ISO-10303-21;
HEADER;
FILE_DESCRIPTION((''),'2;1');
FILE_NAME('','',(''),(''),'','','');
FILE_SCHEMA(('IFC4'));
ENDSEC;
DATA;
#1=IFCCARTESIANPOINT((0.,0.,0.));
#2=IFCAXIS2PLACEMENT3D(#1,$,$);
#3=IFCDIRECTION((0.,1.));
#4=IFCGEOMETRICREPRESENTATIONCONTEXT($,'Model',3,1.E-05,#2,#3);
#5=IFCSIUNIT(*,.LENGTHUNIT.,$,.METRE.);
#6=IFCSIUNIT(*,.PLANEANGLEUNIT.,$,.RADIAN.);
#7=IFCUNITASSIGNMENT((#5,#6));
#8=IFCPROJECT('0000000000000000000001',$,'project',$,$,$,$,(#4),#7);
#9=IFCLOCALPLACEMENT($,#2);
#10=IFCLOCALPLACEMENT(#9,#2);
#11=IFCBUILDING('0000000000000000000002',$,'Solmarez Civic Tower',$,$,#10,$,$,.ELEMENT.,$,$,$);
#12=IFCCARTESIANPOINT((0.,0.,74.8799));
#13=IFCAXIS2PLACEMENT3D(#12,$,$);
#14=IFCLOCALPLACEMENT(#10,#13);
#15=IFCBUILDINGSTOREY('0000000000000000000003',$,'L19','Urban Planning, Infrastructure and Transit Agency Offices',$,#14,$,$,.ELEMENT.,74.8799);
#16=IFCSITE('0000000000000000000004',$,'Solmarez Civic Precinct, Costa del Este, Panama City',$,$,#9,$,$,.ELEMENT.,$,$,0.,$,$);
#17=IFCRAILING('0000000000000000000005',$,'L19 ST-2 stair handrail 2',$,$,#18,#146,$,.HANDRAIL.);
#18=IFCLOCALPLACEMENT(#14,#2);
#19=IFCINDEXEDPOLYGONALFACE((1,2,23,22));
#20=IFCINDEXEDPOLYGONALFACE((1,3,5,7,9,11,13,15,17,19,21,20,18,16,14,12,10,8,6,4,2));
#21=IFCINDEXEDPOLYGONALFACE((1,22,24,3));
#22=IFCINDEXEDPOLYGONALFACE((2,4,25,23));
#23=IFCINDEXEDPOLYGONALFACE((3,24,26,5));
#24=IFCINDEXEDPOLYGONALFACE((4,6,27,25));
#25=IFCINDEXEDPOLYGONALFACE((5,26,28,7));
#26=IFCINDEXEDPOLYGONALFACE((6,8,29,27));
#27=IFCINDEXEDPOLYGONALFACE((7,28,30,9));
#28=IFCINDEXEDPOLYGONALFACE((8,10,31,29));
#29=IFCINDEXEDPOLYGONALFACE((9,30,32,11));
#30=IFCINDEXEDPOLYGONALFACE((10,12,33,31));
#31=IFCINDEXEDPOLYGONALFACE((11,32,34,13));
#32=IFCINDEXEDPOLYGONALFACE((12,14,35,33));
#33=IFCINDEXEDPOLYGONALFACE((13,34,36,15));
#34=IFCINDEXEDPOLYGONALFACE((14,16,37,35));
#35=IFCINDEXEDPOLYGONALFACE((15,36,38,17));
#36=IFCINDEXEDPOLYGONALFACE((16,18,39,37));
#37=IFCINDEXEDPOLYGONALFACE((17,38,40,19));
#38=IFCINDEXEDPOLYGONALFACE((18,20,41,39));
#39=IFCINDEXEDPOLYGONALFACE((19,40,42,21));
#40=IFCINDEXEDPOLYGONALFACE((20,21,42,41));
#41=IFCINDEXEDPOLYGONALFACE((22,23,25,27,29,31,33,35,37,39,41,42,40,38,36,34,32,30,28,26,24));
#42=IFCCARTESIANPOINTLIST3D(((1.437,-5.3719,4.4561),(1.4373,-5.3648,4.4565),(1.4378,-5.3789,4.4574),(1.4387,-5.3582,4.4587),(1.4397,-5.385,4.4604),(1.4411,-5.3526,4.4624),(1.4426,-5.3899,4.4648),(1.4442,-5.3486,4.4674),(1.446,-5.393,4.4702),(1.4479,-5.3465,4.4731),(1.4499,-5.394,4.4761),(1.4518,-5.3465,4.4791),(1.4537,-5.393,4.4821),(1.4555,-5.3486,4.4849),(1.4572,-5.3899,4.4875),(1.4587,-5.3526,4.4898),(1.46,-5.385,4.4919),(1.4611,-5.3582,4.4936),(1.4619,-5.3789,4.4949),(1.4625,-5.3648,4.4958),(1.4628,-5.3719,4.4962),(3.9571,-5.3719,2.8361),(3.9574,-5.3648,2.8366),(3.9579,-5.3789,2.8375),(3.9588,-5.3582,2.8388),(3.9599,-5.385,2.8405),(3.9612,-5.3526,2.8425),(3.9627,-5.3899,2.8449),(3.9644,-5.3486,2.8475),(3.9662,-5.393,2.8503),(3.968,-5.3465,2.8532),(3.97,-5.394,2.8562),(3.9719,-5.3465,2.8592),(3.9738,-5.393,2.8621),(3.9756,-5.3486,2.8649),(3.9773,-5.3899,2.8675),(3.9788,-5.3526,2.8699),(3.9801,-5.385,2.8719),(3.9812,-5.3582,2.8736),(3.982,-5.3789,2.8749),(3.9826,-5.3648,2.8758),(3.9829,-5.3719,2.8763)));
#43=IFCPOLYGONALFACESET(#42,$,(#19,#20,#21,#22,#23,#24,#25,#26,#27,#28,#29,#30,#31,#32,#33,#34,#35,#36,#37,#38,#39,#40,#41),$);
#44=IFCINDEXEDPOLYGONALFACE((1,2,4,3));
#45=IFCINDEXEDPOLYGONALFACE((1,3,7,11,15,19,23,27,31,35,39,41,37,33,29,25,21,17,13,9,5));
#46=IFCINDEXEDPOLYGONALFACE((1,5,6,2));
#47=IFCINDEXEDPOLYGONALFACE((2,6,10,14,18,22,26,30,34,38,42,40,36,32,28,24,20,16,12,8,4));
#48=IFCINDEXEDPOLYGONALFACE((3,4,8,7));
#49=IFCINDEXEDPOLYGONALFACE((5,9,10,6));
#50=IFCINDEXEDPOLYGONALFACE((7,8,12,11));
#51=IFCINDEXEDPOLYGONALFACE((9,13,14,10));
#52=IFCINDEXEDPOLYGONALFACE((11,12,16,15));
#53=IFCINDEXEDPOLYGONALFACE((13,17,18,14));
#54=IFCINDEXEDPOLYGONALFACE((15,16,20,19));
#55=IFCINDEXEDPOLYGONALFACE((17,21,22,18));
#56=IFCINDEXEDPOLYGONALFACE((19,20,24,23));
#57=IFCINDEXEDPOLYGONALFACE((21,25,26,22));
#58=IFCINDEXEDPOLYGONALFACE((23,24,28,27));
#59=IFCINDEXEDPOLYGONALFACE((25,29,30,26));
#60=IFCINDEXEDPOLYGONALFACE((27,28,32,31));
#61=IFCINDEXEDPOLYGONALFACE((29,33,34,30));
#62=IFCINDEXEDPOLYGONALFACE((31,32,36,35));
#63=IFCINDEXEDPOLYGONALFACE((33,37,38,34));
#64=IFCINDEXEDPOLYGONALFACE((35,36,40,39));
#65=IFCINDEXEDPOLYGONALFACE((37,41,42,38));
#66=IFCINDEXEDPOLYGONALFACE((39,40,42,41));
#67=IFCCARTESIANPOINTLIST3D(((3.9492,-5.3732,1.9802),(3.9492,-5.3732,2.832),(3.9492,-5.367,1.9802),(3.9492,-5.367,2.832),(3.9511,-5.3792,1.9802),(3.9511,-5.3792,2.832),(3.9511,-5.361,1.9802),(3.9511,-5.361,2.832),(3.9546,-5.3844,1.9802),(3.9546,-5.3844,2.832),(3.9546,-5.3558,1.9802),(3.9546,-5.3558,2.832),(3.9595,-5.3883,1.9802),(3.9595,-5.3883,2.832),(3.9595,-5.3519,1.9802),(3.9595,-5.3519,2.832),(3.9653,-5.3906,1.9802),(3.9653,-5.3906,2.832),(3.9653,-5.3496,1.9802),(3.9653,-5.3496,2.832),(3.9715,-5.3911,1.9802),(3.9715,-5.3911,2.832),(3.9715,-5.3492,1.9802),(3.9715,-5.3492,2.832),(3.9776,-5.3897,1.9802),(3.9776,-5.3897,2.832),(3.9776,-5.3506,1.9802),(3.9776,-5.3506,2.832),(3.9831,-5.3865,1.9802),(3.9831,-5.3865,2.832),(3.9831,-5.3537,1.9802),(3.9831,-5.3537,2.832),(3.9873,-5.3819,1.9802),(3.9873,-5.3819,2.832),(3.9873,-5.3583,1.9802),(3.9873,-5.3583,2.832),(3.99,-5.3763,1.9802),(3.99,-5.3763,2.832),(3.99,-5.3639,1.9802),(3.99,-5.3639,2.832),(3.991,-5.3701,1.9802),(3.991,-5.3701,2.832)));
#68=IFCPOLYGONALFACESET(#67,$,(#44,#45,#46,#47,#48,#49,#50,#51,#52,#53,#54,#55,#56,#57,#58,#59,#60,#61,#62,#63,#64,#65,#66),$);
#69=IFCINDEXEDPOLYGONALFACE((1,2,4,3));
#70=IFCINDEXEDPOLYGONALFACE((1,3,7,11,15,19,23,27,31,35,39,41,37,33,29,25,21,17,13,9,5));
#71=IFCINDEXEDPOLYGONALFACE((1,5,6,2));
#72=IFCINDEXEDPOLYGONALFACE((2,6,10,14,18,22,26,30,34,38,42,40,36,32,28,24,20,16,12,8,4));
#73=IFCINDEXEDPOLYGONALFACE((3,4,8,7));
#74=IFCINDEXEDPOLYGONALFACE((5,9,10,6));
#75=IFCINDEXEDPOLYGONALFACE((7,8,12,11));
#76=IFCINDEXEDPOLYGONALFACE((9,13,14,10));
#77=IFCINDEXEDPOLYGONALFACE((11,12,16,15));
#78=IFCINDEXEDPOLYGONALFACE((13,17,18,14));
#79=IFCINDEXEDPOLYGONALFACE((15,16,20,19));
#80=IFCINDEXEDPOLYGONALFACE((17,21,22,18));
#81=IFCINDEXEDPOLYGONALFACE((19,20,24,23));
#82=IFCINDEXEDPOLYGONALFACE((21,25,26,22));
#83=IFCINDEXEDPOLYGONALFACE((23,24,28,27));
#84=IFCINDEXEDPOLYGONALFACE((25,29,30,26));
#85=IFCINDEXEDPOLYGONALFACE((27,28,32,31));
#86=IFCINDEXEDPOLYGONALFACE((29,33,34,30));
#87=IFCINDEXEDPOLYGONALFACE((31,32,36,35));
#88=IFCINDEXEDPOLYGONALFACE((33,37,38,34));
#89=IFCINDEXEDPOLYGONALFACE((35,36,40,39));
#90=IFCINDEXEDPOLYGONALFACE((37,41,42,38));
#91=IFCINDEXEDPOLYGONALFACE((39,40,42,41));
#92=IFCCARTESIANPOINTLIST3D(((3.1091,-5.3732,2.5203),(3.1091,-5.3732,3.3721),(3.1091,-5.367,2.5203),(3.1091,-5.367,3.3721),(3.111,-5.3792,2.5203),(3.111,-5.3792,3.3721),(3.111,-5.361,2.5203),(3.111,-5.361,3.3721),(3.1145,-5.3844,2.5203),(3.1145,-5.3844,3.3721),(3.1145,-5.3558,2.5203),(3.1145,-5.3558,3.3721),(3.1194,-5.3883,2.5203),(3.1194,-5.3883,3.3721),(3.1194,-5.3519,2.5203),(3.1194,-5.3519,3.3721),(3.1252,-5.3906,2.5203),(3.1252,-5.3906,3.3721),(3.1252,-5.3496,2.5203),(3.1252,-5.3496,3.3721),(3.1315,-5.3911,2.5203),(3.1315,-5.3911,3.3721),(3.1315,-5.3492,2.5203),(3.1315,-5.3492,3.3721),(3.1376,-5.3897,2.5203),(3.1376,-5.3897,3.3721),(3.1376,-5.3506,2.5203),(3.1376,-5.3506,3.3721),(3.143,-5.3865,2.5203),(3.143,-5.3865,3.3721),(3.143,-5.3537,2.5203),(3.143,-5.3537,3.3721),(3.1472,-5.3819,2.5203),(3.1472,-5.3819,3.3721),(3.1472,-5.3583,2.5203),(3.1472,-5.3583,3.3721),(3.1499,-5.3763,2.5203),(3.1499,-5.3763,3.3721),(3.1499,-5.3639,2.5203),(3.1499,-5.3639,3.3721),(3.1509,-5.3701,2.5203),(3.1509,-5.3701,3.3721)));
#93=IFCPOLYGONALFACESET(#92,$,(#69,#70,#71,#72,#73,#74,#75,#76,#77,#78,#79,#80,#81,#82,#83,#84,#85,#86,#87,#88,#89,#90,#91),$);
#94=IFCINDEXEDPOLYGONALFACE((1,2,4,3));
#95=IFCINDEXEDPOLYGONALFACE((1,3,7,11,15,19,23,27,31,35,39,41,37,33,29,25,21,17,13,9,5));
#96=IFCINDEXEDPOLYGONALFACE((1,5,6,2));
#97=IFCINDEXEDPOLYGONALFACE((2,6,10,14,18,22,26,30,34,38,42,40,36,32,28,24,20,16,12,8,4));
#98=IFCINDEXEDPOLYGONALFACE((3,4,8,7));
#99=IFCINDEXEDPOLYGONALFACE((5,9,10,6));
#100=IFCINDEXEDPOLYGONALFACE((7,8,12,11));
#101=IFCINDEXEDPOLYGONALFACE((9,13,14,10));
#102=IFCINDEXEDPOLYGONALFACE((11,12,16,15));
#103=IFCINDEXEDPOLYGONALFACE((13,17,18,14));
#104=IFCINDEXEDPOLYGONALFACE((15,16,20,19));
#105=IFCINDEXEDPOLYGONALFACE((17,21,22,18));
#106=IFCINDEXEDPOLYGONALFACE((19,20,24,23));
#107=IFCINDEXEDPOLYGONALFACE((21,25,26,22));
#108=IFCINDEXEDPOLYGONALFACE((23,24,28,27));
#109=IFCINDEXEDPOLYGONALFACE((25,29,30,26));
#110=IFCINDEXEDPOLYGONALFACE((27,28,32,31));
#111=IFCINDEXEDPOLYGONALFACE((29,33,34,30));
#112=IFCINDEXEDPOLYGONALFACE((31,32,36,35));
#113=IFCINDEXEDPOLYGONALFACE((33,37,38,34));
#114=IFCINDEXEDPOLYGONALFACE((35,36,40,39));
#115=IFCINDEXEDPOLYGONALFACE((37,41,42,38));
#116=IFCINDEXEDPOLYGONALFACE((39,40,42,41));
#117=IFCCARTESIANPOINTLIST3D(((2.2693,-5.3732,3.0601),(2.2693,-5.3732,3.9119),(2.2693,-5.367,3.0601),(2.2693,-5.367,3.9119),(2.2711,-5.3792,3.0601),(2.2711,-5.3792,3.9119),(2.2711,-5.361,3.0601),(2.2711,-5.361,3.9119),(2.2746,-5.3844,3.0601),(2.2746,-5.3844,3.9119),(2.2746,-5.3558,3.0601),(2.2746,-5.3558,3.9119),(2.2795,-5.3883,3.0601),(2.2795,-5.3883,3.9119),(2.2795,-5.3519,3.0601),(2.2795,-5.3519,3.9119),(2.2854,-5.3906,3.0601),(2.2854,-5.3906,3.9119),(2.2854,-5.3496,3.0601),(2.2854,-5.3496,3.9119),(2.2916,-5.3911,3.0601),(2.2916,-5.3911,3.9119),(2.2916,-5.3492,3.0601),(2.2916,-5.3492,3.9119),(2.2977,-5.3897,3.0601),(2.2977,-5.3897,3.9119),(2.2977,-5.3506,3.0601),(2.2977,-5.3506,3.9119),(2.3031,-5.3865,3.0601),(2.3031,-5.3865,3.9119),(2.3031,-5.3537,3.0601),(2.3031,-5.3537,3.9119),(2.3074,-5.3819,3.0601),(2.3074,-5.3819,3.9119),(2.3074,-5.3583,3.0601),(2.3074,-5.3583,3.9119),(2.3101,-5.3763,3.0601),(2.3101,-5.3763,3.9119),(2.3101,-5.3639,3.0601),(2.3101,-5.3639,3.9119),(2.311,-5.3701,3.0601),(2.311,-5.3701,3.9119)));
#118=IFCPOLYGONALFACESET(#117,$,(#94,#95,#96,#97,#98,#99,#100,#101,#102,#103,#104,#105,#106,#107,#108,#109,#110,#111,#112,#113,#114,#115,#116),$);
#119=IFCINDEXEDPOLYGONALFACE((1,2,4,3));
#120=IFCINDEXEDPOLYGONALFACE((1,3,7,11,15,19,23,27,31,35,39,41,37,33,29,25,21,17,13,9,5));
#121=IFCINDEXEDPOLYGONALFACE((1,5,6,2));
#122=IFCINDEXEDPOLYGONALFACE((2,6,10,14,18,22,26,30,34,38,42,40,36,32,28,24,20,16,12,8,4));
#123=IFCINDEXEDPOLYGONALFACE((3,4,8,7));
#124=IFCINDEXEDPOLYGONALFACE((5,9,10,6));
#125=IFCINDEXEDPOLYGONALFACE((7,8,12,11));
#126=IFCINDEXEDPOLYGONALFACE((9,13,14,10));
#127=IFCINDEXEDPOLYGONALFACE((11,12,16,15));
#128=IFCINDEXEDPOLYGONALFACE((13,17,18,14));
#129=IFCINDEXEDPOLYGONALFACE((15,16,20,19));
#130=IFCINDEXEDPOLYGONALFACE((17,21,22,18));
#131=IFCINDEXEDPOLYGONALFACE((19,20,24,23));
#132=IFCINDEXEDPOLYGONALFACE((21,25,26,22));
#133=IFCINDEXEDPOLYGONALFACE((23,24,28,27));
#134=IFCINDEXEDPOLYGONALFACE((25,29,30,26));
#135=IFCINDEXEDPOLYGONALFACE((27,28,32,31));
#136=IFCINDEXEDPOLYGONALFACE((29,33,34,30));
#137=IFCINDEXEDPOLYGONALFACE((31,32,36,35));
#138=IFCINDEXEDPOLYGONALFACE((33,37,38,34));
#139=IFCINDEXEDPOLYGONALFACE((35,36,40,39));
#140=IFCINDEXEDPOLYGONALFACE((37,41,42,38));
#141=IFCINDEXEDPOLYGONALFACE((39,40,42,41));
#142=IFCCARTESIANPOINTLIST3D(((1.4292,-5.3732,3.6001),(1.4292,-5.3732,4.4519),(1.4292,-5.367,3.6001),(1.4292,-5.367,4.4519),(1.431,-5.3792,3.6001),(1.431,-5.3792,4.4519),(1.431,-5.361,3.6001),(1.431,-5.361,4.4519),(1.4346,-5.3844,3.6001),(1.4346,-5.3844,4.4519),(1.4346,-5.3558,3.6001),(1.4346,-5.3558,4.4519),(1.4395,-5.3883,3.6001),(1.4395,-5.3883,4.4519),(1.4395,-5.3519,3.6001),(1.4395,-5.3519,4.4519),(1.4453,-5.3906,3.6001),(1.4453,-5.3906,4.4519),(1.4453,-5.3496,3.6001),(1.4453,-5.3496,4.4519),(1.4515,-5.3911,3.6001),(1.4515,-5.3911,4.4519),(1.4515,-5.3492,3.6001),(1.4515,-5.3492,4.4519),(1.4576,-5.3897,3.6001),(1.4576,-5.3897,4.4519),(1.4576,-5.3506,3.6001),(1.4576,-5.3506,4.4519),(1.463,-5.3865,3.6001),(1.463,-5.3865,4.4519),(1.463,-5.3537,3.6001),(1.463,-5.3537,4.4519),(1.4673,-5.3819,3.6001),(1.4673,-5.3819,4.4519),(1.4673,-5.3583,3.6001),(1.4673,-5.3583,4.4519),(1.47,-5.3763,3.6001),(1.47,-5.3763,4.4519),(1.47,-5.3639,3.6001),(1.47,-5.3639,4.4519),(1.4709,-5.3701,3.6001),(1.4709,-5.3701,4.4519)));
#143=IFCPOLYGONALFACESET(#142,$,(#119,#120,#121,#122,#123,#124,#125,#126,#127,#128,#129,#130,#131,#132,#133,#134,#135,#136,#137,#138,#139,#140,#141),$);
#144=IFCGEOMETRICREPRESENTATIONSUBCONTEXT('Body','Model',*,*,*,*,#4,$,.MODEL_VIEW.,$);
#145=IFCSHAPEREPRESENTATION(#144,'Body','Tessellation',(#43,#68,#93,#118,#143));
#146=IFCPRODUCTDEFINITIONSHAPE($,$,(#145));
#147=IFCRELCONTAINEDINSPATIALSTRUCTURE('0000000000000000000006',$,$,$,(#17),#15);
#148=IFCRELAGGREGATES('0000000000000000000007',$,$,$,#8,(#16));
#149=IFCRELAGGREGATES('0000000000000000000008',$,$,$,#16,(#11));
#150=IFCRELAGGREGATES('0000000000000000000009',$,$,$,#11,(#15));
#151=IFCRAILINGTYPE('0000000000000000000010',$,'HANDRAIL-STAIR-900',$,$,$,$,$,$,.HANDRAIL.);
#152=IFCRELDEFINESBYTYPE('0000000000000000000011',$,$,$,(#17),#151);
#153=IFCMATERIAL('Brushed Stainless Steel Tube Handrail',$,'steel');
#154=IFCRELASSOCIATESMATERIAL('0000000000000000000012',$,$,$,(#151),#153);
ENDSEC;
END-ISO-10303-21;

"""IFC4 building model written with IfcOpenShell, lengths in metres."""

from ifc_helpers import new_model, si_unit, direction, frame, origin, origin_2d, place, context, subcontext, project, spatial, circle, extrude, material, type_object, element, save


model = new_model("IFC4")

# Units and contexts
model_context = context("Model", 3, precision=1e-05, world=origin(), true_north=direction((0.0, 1.0)))
body_context = subcontext(model_context, "Body", "Model", "MODEL_VIEW")
ifc_project = project(units=[si_unit("LENGTHUNIT", "METRE"), si_unit("PLANEANGLEUNIT", "RADIAN")], contexts=[model_context])

# Site, building, storey
site_placement = place(None, origin())
site = spatial("IfcSite", under=ifc_project, at=site_placement, Name="Solmarez Civic Precinct, Costa del Este, Panama City", CompositionType="ELEMENT", RefElevation=0.0)
building_placement = place(site_placement, origin())
building = spatial("IfcBuilding", under=site, at=building_placement, Name="Solmarez Civic Tower", CompositionType="ELEMENT")
storey_placement = place(building_placement, frame((0.0, 0.0, 74.8799)))
storey = spatial("IfcBuildingStorey", under=building, at=storey_placement, Name="L19", Description="Urban Planning, Infrastructure and Transit Agency Offices", CompositionType="ELEMENT", Elevation=74.8799)

# Railing
ifc_material_1 = material(Name="Brushed Stainless Steel Tube Handrail", Category="steel")
railing_type_1 = type_object("IfcRailingType", Name="HANDRAIL-STAIR-900", PredefinedType="HANDRAIL", material=ifc_material_1)
railing_1_placement = place(storey_placement, frame((3.97, -5.3701, 1.9802)))
element("IfcRailing", 1, at=railing_1_placement, inside=storey, type_object=railing_type_1, Name="L19 ST-2 stair handrail 2", PredefinedType="HANDRAIL", context=body_context, shape_type="SweptSolid", body=[
    extrude(circle(Radius=0.0239, at=origin_2d()), frame((0.0, 0.0, 0.876), z_axis=(-0.8412, 0.0, 0.540725), x_axis=(0.0, -1.0, 0.0)), (0.0, 0.0, 1.0), 2.9958),
    extrude(circle(Radius=0.021, at=origin_2d()), origin(), (0.0, 0.0, 1.0), 0.8518),
    extrude(circle(Radius=0.021, at=origin_2d()), frame((-0.8401, 0.0, 0.54)), (0.0, 0.0, 1.0), 0.8518),
    extrude(circle(Radius=0.021, at=origin_2d()), frame((-1.6799, 0.0, 1.0798)), (0.0, 0.0, 1.0), 0.8518),
    extrude(circle(Radius=0.021, at=origin_2d()), frame((-2.52, 0.0, 1.6199)), (0.0, 0.0, 1.0), 0.8518),
])

save(model, "model.ifc")
